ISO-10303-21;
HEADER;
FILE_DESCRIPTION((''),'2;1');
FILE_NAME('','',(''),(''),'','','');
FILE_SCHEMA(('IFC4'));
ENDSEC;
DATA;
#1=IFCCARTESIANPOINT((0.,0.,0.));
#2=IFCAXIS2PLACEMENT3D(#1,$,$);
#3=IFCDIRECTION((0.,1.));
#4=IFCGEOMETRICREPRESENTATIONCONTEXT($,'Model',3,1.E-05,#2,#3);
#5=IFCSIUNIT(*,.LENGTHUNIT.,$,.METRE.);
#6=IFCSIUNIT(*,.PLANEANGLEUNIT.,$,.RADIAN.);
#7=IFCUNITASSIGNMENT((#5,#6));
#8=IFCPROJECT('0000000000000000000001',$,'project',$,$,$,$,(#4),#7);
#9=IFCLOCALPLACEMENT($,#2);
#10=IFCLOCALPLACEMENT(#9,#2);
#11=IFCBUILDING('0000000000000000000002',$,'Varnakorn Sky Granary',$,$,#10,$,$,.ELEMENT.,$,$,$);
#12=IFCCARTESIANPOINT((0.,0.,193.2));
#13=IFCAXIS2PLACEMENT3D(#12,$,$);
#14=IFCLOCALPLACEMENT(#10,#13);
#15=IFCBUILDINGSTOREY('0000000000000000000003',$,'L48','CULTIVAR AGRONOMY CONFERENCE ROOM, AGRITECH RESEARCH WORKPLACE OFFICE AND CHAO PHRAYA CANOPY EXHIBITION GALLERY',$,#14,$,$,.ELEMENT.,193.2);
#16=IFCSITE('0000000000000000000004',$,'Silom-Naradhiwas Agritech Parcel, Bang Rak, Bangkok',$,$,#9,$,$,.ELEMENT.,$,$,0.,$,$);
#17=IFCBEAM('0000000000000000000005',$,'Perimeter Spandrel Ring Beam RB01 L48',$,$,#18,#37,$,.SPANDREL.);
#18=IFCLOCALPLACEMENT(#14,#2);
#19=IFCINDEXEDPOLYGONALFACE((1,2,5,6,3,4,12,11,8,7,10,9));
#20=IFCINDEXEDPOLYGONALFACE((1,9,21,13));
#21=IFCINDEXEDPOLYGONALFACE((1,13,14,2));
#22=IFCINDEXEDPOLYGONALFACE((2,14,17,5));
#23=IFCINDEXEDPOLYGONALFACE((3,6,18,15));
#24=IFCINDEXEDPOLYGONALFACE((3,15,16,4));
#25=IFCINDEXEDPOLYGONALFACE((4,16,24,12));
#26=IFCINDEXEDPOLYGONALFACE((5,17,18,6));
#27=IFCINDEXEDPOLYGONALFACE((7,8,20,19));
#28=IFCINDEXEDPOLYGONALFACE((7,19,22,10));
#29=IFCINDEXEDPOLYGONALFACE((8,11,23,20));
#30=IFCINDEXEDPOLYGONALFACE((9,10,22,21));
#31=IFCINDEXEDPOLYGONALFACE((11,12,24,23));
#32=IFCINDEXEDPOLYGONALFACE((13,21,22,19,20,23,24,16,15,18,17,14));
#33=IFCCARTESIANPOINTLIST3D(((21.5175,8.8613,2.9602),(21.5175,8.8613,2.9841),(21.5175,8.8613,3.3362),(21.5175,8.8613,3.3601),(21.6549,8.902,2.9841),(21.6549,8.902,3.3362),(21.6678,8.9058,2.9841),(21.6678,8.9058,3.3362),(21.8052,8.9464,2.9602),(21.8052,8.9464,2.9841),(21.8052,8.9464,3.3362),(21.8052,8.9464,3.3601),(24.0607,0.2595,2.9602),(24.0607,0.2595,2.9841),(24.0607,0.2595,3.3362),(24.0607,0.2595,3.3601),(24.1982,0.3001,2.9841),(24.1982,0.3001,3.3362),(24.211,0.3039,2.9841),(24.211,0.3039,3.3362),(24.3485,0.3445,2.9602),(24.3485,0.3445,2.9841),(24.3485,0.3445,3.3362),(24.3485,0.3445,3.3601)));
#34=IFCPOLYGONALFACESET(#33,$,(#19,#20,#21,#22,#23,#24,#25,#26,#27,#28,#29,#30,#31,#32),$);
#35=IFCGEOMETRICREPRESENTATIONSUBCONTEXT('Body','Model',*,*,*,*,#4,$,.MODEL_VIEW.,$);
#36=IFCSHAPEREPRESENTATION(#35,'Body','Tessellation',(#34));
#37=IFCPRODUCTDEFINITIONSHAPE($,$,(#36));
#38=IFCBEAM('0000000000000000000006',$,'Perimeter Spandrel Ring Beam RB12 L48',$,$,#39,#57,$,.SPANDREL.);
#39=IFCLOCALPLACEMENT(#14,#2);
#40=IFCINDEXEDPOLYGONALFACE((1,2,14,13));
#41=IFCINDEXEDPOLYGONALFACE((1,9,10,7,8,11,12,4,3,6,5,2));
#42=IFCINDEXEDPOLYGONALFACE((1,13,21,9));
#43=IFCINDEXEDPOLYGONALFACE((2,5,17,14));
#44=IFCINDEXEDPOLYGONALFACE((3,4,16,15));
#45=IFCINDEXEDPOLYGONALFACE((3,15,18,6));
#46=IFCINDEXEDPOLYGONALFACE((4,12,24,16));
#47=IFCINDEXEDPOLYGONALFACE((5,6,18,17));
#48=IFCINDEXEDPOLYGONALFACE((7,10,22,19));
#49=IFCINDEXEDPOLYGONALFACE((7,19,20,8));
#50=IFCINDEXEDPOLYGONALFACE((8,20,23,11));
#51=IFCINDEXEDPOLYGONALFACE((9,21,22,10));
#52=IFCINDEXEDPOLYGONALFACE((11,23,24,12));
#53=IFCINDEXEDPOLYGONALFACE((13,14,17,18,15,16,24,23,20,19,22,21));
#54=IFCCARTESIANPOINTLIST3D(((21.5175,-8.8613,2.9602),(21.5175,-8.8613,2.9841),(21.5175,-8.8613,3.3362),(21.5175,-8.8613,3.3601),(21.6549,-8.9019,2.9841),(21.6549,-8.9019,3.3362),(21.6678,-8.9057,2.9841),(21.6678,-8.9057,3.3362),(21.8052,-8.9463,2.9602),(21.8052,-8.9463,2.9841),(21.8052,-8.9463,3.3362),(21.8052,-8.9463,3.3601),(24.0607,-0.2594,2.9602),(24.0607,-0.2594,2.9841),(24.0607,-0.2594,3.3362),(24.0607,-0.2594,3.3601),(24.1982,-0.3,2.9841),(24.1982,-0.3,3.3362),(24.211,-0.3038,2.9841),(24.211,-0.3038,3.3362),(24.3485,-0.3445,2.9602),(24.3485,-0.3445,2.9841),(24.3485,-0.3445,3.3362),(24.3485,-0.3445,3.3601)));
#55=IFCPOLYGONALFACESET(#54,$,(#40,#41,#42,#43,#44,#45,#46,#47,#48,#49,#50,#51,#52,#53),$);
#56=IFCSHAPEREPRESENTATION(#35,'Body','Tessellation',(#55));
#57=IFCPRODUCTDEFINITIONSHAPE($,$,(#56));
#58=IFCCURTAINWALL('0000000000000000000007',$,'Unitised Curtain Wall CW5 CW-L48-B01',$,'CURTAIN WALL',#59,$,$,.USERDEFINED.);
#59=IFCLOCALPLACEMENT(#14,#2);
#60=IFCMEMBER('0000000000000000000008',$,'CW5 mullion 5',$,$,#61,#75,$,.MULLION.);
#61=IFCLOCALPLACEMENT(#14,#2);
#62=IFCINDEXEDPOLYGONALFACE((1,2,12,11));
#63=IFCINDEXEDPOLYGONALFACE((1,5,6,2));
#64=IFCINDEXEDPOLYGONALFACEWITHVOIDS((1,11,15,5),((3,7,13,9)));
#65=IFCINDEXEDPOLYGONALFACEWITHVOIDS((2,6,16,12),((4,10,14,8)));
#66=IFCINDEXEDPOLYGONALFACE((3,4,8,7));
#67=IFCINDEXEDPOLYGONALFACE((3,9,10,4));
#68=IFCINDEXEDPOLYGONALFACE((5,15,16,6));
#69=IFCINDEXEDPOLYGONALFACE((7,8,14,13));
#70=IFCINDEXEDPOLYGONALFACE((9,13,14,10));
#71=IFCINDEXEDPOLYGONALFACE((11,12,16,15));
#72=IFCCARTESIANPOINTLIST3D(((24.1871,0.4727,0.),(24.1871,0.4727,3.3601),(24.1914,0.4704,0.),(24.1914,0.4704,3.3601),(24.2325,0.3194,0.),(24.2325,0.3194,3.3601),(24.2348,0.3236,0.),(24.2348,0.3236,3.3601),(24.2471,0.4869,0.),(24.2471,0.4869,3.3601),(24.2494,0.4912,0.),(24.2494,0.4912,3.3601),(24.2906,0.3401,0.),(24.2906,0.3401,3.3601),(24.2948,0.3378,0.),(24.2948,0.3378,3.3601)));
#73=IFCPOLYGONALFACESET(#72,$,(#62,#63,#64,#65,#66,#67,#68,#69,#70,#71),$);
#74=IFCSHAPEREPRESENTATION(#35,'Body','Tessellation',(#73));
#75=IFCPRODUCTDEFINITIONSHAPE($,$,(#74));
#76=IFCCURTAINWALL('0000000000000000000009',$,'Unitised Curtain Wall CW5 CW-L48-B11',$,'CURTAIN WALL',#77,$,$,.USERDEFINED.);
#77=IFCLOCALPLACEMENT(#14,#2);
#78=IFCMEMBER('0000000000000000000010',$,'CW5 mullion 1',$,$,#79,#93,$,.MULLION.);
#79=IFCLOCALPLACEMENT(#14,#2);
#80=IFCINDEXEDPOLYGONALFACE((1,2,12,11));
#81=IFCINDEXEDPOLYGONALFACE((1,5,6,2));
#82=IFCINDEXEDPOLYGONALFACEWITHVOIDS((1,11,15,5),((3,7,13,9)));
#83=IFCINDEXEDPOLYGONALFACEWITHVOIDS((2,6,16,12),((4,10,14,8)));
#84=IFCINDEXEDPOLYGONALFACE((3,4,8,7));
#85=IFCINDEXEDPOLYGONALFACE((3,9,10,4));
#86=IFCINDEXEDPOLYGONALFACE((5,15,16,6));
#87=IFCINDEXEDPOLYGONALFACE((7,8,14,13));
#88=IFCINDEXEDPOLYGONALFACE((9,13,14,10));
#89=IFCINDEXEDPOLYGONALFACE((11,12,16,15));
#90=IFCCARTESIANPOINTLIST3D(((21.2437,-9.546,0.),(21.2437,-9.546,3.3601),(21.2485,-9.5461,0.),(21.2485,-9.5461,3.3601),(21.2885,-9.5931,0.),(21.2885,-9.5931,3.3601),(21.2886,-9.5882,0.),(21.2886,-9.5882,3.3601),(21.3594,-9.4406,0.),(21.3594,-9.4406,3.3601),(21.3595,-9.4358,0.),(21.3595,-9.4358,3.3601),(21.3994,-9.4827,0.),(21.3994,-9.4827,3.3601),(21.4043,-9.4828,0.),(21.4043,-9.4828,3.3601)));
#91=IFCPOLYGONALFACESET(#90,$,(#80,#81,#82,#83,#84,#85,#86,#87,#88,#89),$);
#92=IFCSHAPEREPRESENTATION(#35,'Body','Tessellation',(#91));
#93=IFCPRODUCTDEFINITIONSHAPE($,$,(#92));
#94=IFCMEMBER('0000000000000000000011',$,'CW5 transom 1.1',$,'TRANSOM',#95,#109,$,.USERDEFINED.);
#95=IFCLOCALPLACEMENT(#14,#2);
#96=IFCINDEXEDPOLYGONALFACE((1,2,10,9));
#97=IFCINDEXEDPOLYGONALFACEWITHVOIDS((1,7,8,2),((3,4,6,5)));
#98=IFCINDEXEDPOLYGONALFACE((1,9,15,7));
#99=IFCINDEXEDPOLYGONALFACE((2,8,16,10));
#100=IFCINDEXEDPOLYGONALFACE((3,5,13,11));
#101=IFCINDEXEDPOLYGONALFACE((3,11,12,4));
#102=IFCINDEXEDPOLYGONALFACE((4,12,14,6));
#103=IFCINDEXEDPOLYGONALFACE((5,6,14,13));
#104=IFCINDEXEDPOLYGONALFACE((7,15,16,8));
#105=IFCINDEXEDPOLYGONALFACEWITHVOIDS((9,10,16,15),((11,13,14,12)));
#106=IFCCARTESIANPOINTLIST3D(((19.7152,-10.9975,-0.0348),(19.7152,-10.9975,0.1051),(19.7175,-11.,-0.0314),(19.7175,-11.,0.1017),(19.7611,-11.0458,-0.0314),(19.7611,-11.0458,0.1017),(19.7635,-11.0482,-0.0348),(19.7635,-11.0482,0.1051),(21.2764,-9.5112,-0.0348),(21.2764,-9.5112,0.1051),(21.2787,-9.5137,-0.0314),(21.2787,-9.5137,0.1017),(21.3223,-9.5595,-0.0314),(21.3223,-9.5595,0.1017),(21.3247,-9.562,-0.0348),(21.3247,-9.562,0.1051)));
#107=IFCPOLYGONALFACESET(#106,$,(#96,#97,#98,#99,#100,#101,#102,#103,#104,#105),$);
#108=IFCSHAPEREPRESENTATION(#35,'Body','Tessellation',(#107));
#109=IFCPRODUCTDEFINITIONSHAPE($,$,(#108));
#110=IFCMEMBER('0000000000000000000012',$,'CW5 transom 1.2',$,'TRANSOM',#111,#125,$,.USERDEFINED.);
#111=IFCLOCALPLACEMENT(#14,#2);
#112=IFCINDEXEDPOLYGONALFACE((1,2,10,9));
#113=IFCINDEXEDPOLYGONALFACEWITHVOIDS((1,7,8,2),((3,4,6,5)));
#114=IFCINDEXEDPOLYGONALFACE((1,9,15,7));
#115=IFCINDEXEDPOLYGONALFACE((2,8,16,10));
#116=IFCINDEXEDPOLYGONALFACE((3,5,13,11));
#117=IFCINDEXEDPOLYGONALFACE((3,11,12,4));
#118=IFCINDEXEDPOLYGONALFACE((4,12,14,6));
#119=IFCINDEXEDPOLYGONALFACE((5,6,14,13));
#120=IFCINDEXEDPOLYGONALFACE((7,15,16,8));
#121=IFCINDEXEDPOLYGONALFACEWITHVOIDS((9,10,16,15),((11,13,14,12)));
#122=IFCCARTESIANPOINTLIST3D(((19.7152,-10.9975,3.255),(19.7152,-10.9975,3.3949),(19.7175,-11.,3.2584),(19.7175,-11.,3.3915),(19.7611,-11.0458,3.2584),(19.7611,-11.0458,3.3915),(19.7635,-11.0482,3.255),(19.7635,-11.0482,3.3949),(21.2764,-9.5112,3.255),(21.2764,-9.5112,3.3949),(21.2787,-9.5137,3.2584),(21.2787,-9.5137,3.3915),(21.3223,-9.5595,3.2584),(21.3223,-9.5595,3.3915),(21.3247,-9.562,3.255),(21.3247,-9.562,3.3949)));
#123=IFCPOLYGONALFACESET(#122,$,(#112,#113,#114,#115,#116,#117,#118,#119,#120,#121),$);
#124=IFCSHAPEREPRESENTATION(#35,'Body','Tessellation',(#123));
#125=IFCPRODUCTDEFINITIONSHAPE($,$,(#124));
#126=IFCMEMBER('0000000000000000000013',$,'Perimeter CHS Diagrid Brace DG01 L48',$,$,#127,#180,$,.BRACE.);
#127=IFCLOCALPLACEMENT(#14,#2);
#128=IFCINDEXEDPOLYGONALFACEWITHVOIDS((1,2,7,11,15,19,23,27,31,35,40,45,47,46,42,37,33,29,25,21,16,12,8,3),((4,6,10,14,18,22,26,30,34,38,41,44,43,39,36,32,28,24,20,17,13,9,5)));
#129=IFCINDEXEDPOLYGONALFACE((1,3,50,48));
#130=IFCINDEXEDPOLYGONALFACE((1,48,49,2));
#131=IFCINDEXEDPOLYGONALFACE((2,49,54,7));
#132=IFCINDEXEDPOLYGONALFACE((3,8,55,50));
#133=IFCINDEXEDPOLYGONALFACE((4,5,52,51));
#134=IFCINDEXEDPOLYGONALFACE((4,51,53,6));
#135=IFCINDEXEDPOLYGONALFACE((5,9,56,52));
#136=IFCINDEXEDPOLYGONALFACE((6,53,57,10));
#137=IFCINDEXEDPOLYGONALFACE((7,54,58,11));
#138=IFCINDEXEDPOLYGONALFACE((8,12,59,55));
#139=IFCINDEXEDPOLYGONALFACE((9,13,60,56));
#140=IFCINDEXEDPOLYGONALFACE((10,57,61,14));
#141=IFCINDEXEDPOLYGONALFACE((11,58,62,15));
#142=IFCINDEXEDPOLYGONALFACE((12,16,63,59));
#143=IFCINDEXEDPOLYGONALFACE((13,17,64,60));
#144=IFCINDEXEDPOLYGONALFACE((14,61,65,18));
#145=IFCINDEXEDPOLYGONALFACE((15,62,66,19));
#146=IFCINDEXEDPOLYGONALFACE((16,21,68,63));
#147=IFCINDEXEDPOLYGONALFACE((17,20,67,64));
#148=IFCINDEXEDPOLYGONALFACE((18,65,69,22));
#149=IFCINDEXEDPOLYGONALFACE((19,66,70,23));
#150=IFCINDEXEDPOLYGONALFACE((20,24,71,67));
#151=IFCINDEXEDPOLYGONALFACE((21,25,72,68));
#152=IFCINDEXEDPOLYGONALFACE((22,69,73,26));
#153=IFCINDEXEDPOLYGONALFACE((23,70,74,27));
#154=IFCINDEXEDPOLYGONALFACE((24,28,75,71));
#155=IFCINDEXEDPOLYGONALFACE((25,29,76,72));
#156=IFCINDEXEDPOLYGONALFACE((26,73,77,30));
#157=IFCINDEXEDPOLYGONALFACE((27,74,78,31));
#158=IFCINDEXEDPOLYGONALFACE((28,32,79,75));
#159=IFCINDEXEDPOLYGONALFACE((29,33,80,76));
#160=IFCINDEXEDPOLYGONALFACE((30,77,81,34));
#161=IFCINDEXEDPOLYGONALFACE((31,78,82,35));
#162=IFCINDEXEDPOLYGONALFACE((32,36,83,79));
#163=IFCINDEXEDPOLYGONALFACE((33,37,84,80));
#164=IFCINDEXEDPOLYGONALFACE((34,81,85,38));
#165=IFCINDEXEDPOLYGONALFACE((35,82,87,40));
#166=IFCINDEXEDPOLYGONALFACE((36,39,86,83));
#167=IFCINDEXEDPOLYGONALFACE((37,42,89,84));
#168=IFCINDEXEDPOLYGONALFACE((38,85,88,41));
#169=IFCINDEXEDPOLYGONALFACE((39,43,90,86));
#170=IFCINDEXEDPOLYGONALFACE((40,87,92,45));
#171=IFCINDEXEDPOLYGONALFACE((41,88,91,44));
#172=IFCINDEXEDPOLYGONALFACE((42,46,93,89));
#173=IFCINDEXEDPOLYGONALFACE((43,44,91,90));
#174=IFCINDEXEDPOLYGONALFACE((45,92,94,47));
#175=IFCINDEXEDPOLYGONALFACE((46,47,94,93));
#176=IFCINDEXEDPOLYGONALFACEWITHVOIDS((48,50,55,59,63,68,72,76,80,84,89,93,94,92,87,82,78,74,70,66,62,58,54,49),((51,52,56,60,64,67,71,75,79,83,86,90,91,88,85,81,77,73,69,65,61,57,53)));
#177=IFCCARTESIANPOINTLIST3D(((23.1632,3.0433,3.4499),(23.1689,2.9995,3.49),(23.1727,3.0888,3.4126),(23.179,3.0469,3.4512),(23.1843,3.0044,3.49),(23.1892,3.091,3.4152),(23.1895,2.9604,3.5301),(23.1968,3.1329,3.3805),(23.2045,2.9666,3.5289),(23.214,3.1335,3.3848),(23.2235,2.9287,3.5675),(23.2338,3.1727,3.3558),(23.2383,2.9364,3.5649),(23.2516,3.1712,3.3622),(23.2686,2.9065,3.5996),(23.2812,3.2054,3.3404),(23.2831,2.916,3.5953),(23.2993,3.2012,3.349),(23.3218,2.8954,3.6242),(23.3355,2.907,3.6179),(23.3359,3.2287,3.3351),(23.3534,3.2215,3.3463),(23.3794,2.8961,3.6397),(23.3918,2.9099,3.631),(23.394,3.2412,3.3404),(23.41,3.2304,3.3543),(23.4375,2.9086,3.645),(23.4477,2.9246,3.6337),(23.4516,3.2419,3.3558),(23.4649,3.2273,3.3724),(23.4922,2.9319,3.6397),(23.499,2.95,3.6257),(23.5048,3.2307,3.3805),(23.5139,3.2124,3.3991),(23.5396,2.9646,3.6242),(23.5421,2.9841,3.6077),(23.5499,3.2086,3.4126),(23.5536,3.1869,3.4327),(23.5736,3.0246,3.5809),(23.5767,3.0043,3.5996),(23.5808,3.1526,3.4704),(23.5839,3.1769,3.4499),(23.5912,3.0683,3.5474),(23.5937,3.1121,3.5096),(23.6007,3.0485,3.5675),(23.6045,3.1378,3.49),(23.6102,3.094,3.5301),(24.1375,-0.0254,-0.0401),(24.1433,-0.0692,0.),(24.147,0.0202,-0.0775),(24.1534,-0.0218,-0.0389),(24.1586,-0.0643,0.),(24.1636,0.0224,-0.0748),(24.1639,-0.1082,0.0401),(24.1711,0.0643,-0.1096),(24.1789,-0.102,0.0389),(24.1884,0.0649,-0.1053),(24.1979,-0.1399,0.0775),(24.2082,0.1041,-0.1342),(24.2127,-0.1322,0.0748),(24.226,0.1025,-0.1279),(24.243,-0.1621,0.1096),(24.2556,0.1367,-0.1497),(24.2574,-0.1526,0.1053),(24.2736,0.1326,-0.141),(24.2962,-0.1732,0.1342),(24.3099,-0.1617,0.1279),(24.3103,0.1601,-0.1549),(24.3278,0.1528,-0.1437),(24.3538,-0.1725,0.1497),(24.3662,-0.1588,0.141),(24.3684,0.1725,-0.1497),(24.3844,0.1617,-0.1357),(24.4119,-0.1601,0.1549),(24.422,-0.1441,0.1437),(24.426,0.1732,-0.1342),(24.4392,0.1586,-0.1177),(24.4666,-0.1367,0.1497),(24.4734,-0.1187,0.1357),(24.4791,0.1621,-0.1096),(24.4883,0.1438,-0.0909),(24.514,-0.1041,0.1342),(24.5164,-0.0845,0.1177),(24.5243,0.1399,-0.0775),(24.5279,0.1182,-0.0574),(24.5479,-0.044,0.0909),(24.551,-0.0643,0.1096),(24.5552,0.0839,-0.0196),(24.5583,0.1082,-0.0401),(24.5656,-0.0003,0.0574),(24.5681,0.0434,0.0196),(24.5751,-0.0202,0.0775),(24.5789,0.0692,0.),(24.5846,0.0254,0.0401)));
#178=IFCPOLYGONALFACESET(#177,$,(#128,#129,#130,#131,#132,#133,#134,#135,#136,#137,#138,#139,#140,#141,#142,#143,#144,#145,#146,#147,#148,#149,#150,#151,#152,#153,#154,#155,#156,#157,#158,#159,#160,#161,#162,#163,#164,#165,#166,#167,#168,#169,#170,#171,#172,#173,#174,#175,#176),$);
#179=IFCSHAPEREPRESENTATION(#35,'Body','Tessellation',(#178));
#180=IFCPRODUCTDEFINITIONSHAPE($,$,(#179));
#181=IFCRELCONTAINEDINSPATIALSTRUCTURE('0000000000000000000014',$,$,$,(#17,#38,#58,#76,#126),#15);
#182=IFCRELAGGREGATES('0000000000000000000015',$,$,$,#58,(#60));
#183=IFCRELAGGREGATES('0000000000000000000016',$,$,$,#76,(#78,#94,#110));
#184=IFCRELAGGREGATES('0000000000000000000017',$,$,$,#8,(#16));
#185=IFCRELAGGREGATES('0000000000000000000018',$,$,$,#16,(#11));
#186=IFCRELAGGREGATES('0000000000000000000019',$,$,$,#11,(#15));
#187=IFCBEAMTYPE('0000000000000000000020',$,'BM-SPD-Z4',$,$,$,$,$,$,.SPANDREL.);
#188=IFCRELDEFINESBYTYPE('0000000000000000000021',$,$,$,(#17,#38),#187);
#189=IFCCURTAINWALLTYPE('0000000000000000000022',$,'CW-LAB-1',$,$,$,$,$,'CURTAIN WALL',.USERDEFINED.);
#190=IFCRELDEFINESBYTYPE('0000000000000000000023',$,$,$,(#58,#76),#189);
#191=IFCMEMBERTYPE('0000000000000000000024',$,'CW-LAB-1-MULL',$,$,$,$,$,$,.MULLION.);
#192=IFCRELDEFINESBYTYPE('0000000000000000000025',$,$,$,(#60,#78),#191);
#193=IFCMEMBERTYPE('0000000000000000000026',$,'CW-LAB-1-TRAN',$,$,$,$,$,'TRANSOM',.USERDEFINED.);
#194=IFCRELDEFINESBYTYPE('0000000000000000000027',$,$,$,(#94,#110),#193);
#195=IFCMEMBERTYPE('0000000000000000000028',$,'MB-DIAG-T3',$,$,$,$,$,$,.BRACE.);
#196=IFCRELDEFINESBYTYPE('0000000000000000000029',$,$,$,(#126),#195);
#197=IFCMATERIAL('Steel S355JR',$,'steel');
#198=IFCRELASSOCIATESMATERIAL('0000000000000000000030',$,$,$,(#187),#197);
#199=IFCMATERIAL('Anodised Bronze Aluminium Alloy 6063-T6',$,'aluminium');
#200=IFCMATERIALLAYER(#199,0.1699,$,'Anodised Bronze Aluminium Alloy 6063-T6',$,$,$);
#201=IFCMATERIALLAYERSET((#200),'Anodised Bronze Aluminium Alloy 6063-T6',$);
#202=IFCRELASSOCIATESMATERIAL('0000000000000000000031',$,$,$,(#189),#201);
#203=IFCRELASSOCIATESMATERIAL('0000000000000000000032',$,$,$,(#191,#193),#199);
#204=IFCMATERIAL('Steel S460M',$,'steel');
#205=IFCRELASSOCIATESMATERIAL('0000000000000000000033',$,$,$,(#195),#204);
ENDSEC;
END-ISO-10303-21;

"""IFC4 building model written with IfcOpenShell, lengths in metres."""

from ifc_helpers import new_model, si_unit, direction, frame, origin, origin_2d, place, context, subcontext, project, spatial, hollow_rectangle, hollow_circle, i_section, extrude, material, layer, layer_set, material_profile, profile_set, type_object, element, aggregate, save


model = new_model("IFC4")

# Units and contexts
model_context = context("Model", 3, precision=1e-05, world=origin(), true_north=direction((0.0, 1.0)))
body_context = subcontext(model_context, "Body", "Model", "MODEL_VIEW")
ifc_project = project(units=[si_unit("LENGTHUNIT", "METRE"), si_unit("PLANEANGLEUNIT", "RADIAN")], contexts=[model_context])

# Site, building, storey
site_placement = place(None, origin())
site = spatial("IfcSite", under=ifc_project, at=site_placement, Name="Silom-Naradhiwas Agritech Parcel, Bang Rak, Bangkok", CompositionType="ELEMENT", RefElevation=0.0)
building_placement = place(site_placement, origin())
building = spatial("IfcBuilding", under=site, at=building_placement, Name="Varnakorn Sky Granary", CompositionType="ELEMENT")
storey_placement = place(building_placement, frame((0.0, 0.0, 193.2)))
storey = spatial("IfcBuildingStorey", under=building, at=storey_placement, Name="L48", Description="CULTIVAR AGRONOMY CONFERENCE ROOM, AGRITECH RESEARCH WORKPLACE OFFICE AND CHAO PHRAYA CANOPY EXHIBITION GALLERY", CompositionType="ELEMENT", Elevation=193.2)

# Shared definitions
ifc_material_1 = material(Name="Steel S460M", Category="steel")

# Beams
ifc_material_2 = material(Name="Steel S355JR", Category="steel")
ifc_material_profile_1 = material_profile(ifc_material_2, i_section(OverallWidth=0.3, OverallDepth=0.3999, WebThickness=0.0134, FlangeThickness=0.0239, at=origin_2d()), Name="HE 400 B")
ifc_profile_set_1 = profile_set([ifc_material_profile_1], Name="Steel S355JR")
beam_type_1 = type_object("IfcBeamType", Name="BM-SPD-Z4", PredefinedType="SPANDREL", material=ifc_profile_set_1)
for number, where, z_axis, x_axis, name in (
    (1, (24.2046, 0.302, 3.1602), (-0.283528, 0.958964, 0.0), (-0.958964, -0.283528, 0.0), "Perimeter Spandrel Ring Beam RB01 L48"),
    (2, (21.6614, -8.9038, 3.1602), (0.283528, 0.958964, 0.0), (-0.958964, 0.283528, 0.0), "Perimeter Spandrel Ring Beam RB12 L48"),
):
    element("IfcBeam", number, at=place(storey_placement, frame(where, z_axis=z_axis, x_axis=x_axis)), inside=storey, type_object=beam_type_1, Name=name, PredefinedType="SPANDREL", context=body_context, shape_type="SweptSolid", body=[
        extrude(i_section(OverallWidth=0.3, OverallDepth=0.3999, WebThickness=0.0134, FlangeThickness=0.0239, at=origin_2d()), origin(), (0.0, 0.0, 1.0), 8.97),
    ])

# Curtain wall, member
ifc_material_3 = material(Name="Anodised Bronze Aluminium Alloy 6063-T6", Category="aluminium")
ifc_layer_1 = layer(ifc_material_3, 0.1699, Name="Anodised Bronze Aluminium Alloy 6063-T6")
ifc_layer_set_1 = layer_set([ifc_layer_1], Name="Anodised Bronze Aluminium Alloy 6063-T6")
curtain_wall_type = type_object("IfcCurtainWallType", Name="CW-LAB-1", ElementType="CURTAIN WALL", PredefinedType="USERDEFINED", material=ifc_layer_set_1)
curtain_wall_1_placement = place(storey_placement, origin())
curtain_wall_1 = element("IfcCurtainWall", 3, at=curtain_wall_1_placement, inside=storey, type_object=curtain_wall_type, Name="Unitised Curtain Wall CW5 CW-L48-B01", ObjectType="CURTAIN WALL", PredefinedType="USERDEFINED")
ifc_material_profile_2 = material_profile(ifc_material_3, hollow_rectangle(XDim=0.0649, YDim=0.1599, WallThickness=0.0034, at=origin_2d()), Name="ALU MULL 65x160")
ifc_profile_set_2 = profile_set([ifc_material_profile_2], Name="Anodised Bronze Aluminium Alloy 6063-T6")
member_type_1 = type_object("IfcMemberType", Name="CW-LAB-1-MULL", PredefinedType="MULLION", material=ifc_profile_set_2)
member_1_placement = place(storey_placement, frame((24.241, 0.4053, 0.0), z_axis=(0.0, 0.0, 1.0), x_axis=(0.958848, 0.283921, 0.0)))
member_1 = element("IfcMember", 4, at=member_1_placement, type_object=member_type_1, Name="CW5 mullion 5", PredefinedType="MULLION", context=body_context, shape_type="SweptSolid", body=[
    extrude(hollow_rectangle(XDim=0.0649, YDim=0.1599, WallThickness=0.0034, at=origin_2d()), origin(), (0.0, 0.0, 1.0), 3.3601),
])
aggregate(curtain_wall_1, [member_1])

# Curtain wall, members
curtain_wall_2_placement = place(storey_placement, origin())
curtain_wall_2 = element("IfcCurtainWall", 5, at=curtain_wall_2_placement, inside=storey, type_object=curtain_wall_type, Name="Unitised Curtain Wall CW5 CW-L48-B11", ObjectType="CURTAIN WALL", PredefinedType="USERDEFINED")
member_2_placement = place(storey_placement, frame((21.324, -9.5144, 0.0), z_axis=(0.0, 0.0, 1.0), x_axis=(0.689516, -0.72427, 0.0)))
member_2 = element("IfcMember", 6, at=member_2_placement, type_object=member_type_1, Name="CW5 mullion 1", PredefinedType="MULLION", context=body_context, shape_type="SweptSolid", body=[
    extrude(hollow_rectangle(XDim=0.0649, YDim=0.1599, WallThickness=0.0034, at=origin_2d()), origin(), (0.0, 0.0, 1.0), 3.3601),
])
ifc_material_profile_3 = material_profile(ifc_material_3, hollow_rectangle(XDim=0.0701, YDim=0.1399, WallThickness=0.0034, at=origin_2d()), Name="ALU TRAN 70x140")
ifc_profile_set_3 = profile_set([ifc_material_profile_3], Name="Anodised Bronze Aluminium Alloy 6063-T6")
member_type_2 = type_object("IfcMemberType", Name="CW-LAB-1-TRAN", ElementType="TRANSOM", PredefinedType="USERDEFINED", material=ifc_profile_set_3)
member_3_placement = place(storey_placement, frame((21.3005, -9.5366, 0.0352), z_axis=(-0.724278, -0.689508, 0.0), x_axis=(0.689508, -0.724278, 0.0)))
member_3 = element("IfcMember", 7, at=member_3_placement, type_object=member_type_2, Name="CW5 transom 1.1", ObjectType="TRANSOM", PredefinedType="USERDEFINED", context=body_context, shape_type="SweptSolid", body=[
    extrude(hollow_rectangle(XDim=0.0701, YDim=0.1399, WallThickness=0.0034, at=origin_2d()), origin(), (0.0, 0.0, 1.0), 2.1555),
])
member_4_placement = place(storey_placement, frame((21.3005, -9.5366, 3.325), z_axis=(-0.724278, -0.689508, 0.0), x_axis=(0.689508, -0.724278, 0.0)))
member_4 = element("IfcMember", 8, at=member_4_placement, type_object=member_type_2, Name="CW5 transom 1.2", ObjectType="TRANSOM", PredefinedType="USERDEFINED", context=body_context, shape_type="SweptSolid", body=[
    extrude(hollow_rectangle(XDim=0.0701, YDim=0.1399, WallThickness=0.0034, at=origin_2d()), origin(), (0.0, 0.0, 1.0), 2.1555),
])

# Member
ifc_material_profile_4 = material_profile(ifc_material_1, hollow_circle(Radius=0.2285, WallThickness=0.0161, at=origin_2d()), Name="CHS 457x16")
ifc_profile_set_4 = profile_set([ifc_material_profile_4], Name="Steel S460M")
member_type_3 = type_object("IfcMemberType", Name="MB-DIAG-T3", PredefinedType="BRACE", material=ifc_profile_set_4)
for number, where, z_axis, x_axis, name in (
    (9, (24.3611, 0.0, 0.0), (-0.205206, 0.646262, 0.735008), (-0.953106, -0.302637, 0.0), "Perimeter CHS Diagrid Brace DG01 L48"),
):
    element("IfcMember", number, at=place(storey_placement, frame(where, z_axis=z_axis, x_axis=x_axis)), inside=storey, type_object=member_type_3, Name=name, PredefinedType="BRACE", context=body_context, shape_type="SweptSolid", body=[
        extrude(hollow_circle(Radius=0.2285, WallThickness=0.0161, at=origin_2d()), origin(), (0.0, 0.0, 1.0), 4.7483),
    ])

aggregate(curtain_wall_2, [member_2, member_3, member_4])

save(model, "model.ifc")
